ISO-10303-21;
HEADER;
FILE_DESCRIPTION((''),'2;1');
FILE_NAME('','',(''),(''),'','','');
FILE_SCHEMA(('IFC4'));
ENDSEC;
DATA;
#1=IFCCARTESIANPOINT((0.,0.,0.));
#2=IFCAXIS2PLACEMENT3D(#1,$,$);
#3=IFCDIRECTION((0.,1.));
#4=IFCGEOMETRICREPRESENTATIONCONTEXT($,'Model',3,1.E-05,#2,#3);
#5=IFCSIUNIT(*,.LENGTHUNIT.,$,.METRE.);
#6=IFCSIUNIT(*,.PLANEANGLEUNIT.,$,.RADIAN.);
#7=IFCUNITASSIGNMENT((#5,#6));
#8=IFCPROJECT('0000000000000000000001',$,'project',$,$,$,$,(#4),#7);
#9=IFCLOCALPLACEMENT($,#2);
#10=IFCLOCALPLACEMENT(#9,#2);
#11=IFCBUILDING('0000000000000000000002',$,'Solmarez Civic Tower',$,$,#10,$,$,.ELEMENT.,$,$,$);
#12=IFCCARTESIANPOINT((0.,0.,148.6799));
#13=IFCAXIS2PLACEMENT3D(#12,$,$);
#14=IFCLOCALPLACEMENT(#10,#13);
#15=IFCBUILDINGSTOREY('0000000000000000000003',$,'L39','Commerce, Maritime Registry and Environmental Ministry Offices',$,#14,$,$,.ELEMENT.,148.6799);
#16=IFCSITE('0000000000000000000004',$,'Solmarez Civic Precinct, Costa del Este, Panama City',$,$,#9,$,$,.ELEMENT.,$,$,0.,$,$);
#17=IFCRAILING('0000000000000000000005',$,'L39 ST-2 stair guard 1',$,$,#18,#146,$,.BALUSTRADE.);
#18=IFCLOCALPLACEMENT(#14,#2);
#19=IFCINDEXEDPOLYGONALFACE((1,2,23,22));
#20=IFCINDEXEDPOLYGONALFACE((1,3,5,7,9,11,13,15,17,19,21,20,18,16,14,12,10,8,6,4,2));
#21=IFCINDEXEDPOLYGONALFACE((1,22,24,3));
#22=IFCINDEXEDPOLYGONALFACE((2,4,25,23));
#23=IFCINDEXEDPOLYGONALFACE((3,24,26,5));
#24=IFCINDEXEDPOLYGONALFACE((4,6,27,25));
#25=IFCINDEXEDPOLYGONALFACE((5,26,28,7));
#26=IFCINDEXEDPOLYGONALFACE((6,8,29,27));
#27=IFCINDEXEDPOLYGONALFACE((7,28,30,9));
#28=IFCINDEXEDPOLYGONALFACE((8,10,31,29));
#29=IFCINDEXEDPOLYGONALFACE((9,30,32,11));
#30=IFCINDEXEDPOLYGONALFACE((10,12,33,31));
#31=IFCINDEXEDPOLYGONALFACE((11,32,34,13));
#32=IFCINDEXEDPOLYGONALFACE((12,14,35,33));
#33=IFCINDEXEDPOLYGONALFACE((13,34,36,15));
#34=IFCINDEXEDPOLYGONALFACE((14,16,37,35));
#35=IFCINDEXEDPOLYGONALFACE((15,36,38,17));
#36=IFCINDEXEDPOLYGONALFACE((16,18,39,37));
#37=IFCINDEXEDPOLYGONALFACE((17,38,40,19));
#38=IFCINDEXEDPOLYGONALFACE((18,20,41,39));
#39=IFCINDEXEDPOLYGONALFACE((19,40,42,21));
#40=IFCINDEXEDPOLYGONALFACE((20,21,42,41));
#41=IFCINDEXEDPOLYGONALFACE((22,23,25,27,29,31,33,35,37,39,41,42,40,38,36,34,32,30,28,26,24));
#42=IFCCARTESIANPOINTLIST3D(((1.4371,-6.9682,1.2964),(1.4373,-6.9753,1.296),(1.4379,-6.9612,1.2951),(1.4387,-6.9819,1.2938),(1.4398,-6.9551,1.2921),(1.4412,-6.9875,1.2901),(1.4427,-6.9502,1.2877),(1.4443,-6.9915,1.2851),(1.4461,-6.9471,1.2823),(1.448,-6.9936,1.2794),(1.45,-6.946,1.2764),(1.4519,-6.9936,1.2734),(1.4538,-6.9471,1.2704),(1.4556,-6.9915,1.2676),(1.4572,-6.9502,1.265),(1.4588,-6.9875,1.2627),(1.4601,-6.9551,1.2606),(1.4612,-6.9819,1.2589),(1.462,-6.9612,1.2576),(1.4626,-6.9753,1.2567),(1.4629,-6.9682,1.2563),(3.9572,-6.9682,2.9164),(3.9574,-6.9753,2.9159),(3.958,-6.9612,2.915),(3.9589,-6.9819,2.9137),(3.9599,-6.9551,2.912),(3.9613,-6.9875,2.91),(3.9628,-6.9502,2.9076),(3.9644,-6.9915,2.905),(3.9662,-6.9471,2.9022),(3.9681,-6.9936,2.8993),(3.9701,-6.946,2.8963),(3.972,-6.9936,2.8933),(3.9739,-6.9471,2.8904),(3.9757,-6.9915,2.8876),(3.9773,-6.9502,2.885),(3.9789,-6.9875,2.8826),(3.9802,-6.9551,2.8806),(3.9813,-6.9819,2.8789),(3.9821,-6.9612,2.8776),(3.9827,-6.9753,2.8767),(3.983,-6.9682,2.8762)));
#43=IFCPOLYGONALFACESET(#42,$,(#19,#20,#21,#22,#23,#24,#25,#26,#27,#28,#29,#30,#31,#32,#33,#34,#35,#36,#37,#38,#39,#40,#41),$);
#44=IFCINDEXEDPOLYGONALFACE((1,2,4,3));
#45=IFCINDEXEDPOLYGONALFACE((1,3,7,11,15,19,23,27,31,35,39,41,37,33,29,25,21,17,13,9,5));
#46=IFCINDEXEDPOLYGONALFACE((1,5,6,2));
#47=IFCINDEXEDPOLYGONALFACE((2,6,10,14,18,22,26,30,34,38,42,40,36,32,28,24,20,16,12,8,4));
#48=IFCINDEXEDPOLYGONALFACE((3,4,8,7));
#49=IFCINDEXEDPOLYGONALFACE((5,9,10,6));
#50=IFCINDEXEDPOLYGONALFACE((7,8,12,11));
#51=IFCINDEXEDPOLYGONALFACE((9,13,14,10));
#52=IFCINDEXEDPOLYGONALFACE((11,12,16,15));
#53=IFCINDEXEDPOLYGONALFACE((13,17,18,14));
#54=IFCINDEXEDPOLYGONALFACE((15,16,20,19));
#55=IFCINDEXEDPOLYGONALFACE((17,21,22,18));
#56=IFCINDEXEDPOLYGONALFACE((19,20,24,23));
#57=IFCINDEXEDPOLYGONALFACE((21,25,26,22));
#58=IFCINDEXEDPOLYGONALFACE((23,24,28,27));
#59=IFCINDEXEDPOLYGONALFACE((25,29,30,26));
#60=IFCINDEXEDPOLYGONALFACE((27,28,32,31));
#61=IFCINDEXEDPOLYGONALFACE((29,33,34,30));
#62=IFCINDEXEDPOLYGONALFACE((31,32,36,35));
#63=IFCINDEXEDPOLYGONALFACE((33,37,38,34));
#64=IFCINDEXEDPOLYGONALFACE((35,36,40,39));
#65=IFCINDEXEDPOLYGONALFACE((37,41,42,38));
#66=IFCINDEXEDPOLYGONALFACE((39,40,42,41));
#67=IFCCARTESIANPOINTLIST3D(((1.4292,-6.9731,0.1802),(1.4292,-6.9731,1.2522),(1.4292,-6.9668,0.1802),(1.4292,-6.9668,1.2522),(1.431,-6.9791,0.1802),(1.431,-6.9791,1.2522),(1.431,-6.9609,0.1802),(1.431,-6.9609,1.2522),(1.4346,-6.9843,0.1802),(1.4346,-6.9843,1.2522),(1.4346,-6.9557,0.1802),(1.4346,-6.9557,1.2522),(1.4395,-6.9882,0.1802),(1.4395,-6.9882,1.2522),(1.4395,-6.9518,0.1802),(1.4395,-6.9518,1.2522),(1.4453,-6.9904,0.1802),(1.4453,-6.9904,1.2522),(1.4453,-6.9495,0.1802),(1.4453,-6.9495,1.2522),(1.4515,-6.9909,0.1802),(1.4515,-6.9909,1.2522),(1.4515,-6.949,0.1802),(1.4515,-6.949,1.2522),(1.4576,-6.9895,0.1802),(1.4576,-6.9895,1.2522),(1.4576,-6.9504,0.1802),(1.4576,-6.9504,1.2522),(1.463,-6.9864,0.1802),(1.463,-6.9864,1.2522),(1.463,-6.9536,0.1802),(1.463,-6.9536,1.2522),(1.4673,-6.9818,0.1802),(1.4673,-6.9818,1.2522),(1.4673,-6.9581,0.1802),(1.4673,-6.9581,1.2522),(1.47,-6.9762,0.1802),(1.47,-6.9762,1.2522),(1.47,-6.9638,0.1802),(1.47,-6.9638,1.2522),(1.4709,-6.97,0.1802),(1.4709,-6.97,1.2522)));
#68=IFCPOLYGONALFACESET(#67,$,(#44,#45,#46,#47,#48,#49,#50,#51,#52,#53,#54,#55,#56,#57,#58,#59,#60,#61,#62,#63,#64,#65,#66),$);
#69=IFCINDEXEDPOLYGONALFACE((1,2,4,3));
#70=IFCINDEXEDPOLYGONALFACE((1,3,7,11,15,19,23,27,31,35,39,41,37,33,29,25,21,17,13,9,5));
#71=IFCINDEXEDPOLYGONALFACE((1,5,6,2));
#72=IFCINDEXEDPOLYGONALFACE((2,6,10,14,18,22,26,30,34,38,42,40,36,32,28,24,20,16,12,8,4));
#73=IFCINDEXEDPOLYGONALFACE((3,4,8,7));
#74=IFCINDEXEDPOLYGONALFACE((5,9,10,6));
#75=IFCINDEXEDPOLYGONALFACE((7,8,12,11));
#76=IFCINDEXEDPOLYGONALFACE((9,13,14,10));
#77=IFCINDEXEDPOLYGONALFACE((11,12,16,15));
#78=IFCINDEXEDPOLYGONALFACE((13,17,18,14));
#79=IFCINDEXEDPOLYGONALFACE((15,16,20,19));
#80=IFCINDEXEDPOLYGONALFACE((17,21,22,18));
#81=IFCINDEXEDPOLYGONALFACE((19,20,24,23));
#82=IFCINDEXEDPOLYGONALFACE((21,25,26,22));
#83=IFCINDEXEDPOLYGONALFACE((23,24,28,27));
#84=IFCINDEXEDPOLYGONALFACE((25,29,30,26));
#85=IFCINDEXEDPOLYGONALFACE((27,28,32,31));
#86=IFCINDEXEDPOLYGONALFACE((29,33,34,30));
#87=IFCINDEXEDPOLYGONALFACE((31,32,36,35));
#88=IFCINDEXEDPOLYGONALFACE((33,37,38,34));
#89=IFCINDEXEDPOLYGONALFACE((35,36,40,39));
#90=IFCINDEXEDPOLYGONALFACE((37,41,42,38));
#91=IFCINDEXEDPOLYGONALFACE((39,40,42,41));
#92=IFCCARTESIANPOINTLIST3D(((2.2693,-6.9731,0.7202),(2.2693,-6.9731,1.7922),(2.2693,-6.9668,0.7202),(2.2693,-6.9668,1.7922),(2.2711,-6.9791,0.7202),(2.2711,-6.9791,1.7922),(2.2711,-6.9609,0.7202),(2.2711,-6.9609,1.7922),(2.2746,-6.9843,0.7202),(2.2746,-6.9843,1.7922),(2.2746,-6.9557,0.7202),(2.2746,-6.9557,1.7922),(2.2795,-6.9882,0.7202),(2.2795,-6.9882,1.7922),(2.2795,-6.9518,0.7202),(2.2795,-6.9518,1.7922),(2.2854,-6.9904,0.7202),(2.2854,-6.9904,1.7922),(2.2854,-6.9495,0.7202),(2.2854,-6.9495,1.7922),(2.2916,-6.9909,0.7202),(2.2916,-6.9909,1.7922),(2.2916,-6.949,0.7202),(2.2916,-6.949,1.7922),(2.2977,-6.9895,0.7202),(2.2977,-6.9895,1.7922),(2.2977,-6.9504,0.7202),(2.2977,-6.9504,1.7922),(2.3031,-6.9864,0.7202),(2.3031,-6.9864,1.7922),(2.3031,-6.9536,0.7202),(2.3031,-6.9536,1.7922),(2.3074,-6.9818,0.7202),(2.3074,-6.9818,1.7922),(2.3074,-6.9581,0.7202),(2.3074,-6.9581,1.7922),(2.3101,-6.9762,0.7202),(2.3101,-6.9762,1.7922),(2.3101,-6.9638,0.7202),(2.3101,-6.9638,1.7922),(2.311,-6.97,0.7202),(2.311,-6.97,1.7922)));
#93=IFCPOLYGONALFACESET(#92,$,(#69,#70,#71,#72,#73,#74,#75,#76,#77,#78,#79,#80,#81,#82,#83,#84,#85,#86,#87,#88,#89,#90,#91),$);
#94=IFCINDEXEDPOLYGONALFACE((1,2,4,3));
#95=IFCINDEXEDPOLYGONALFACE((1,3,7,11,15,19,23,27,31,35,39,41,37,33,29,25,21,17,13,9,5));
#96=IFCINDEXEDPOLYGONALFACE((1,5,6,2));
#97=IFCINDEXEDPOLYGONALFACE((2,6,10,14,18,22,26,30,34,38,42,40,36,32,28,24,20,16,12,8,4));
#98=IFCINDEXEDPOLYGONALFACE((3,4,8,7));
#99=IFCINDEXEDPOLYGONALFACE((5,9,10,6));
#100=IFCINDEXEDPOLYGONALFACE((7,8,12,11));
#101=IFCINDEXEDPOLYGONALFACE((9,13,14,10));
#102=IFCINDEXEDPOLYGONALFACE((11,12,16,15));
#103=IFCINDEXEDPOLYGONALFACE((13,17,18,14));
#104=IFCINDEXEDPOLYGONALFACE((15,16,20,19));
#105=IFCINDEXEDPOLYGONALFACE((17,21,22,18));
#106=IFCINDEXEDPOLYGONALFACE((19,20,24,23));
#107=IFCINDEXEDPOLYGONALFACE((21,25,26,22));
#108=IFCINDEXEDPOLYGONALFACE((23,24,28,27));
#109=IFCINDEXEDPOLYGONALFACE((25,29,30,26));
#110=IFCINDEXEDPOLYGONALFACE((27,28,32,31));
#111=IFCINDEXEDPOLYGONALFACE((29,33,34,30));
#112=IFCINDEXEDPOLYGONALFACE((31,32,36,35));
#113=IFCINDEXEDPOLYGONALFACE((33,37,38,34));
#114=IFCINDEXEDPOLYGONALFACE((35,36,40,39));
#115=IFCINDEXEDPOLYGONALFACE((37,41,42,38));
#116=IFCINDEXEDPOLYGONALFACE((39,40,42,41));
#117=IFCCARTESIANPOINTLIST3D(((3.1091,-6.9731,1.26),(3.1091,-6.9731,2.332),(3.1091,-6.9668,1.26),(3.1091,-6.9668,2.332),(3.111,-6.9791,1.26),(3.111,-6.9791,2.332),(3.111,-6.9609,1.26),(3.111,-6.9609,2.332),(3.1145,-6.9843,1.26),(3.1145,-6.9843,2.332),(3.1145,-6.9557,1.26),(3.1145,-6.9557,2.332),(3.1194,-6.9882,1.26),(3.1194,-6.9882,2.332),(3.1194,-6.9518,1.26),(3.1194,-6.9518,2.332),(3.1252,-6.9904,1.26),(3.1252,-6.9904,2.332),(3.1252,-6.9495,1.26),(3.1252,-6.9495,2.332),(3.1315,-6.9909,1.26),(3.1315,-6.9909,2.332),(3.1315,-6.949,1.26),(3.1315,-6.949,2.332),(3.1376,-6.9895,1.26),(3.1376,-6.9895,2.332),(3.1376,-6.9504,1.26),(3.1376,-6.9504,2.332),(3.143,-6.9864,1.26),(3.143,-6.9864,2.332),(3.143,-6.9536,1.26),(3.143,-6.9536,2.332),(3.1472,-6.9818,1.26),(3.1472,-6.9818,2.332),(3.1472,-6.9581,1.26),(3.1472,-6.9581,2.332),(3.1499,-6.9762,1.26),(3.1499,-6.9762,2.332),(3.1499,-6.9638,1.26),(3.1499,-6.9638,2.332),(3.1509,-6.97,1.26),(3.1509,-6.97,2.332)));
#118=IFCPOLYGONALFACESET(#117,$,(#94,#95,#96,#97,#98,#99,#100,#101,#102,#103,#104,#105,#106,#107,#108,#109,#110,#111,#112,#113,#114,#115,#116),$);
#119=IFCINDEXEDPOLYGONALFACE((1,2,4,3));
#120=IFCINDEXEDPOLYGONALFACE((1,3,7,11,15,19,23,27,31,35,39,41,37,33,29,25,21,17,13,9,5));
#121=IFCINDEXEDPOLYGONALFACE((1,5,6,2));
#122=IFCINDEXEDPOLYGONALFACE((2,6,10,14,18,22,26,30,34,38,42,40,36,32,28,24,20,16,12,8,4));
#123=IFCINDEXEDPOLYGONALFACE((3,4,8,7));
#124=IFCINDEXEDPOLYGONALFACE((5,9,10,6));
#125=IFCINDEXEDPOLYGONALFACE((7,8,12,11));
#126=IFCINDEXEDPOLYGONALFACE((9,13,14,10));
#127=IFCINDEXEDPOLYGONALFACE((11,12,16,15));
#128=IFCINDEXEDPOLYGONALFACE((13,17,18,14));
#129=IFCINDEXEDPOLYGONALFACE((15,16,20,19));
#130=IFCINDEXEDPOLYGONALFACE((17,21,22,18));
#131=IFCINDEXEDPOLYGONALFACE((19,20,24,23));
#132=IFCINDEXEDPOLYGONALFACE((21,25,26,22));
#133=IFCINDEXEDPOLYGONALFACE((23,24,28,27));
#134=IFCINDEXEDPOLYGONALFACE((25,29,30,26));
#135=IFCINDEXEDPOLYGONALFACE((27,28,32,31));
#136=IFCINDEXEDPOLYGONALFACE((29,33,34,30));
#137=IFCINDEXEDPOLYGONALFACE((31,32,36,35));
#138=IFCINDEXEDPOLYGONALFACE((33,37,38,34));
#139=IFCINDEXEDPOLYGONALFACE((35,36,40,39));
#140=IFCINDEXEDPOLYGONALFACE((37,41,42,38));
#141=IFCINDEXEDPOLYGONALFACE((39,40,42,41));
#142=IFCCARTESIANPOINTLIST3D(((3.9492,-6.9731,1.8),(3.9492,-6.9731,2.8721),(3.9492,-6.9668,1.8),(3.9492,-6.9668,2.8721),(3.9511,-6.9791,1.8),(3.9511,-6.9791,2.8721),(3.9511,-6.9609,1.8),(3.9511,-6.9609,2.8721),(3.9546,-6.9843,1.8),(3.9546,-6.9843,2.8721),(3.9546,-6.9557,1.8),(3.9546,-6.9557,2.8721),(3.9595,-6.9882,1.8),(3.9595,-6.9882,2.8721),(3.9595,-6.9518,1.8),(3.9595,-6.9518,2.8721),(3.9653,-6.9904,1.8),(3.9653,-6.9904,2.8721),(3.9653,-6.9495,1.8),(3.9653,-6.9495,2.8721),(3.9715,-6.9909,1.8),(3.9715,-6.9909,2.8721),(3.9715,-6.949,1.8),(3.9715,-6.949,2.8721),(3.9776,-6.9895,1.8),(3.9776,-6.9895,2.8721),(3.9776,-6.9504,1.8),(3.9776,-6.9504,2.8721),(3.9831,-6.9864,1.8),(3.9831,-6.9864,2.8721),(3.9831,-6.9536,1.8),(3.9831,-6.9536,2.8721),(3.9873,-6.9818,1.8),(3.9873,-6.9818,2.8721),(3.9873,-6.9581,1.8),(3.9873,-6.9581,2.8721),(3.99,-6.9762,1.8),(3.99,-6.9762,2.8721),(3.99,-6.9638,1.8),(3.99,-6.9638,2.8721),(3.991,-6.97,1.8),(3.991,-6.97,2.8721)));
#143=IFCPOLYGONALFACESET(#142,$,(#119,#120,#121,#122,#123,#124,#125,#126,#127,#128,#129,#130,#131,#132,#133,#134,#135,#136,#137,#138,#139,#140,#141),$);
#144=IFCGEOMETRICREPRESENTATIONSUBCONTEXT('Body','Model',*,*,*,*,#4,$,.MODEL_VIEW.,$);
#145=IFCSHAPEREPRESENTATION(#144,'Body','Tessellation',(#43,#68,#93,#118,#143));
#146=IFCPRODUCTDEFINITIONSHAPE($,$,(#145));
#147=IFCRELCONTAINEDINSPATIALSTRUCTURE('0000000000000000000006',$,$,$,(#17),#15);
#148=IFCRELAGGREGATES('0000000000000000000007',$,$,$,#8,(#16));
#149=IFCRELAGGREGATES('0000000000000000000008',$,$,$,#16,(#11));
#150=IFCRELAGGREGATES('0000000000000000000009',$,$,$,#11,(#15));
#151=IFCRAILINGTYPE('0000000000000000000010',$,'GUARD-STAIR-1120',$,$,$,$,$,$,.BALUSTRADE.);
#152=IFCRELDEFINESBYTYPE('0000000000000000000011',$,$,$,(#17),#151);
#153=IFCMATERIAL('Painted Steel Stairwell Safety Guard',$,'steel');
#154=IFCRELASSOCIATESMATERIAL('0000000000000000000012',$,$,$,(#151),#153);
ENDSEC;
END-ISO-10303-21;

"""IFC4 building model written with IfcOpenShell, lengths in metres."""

from ifc_helpers import new_model, si_unit, direction, frame, origin, origin_2d, place, context, subcontext, project, spatial, circle, extrude, material, type_object, element, save


model = new_model("IFC4")

# Units and contexts
model_context = context("Model", 3, precision=1e-05, world=origin(), true_north=direction((0.0, 1.0)))
body_context = subcontext(model_context, "Body", "Model", "MODEL_VIEW")
ifc_project = project(units=[si_unit("LENGTHUNIT", "METRE"), si_unit("PLANEANGLEUNIT", "RADIAN")], contexts=[model_context])

# Site, building, storey
site_placement = place(None, origin())
site = spatial("IfcSite", under=ifc_project, at=site_placement, Name="Solmarez Civic Precinct, Costa del Este, Panama City", CompositionType="ELEMENT", RefElevation=0.0)
building_placement = place(site_placement, origin())
building = spatial("IfcBuilding", under=site, at=building_placement, Name="Solmarez Civic Tower", CompositionType="ELEMENT")
storey_placement = place(building_placement, frame((0.0, 0.0, 148.6799)))
storey = spatial("IfcBuildingStorey", under=building, at=storey_placement, Name="L39", Description="Commerce, Maritime Registry and Environmental Ministry Offices", CompositionType="ELEMENT", Elevation=148.6799)

# Railing
ifc_material_1 = material(Name="Painted Steel Stairwell Safety Guard", Category="steel")
railing_type_1 = type_object("IfcRailingType", Name="GUARD-STAIR-1120", PredefinedType="BALUSTRADE", material=ifc_material_1)
railing_1_placement = place(storey_placement, frame((1.45, -6.97, 0.1802)))
element("IfcRailing", 1, at=railing_1_placement, inside=storey, type_object=railing_type_1, Name="L39 ST-2 stair guard 1", PredefinedType="BALUSTRADE", context=body_context, shape_type="SweptSolid", body=[
    extrude(circle(Radius=0.0239, at=origin_2d()), frame((0.0, 0.0, 1.0962), z_axis=(0.8412, 0.0, 0.540725), x_axis=(0.0, 1.0, 0.0)), (0.0, 0.0, 1.0), 2.9958),
    extrude(circle(Radius=0.021, at=origin_2d()), origin(), (0.0, 0.0, 1.0), 1.072),
    extrude(circle(Radius=0.021, at=origin_2d()), frame((0.8401, 0.0, 0.54)), (0.0, 0.0, 1.0), 1.072),
    extrude(circle(Radius=0.021, at=origin_2d()), frame((1.6799, 0.0, 1.0798)), (0.0, 0.0, 1.0), 1.072),
    extrude(circle(Radius=0.021, at=origin_2d()), frame((2.52, 0.0, 1.6199)), (0.0, 0.0, 1.0), 1.072),
])

save(model, "model.ifc")
